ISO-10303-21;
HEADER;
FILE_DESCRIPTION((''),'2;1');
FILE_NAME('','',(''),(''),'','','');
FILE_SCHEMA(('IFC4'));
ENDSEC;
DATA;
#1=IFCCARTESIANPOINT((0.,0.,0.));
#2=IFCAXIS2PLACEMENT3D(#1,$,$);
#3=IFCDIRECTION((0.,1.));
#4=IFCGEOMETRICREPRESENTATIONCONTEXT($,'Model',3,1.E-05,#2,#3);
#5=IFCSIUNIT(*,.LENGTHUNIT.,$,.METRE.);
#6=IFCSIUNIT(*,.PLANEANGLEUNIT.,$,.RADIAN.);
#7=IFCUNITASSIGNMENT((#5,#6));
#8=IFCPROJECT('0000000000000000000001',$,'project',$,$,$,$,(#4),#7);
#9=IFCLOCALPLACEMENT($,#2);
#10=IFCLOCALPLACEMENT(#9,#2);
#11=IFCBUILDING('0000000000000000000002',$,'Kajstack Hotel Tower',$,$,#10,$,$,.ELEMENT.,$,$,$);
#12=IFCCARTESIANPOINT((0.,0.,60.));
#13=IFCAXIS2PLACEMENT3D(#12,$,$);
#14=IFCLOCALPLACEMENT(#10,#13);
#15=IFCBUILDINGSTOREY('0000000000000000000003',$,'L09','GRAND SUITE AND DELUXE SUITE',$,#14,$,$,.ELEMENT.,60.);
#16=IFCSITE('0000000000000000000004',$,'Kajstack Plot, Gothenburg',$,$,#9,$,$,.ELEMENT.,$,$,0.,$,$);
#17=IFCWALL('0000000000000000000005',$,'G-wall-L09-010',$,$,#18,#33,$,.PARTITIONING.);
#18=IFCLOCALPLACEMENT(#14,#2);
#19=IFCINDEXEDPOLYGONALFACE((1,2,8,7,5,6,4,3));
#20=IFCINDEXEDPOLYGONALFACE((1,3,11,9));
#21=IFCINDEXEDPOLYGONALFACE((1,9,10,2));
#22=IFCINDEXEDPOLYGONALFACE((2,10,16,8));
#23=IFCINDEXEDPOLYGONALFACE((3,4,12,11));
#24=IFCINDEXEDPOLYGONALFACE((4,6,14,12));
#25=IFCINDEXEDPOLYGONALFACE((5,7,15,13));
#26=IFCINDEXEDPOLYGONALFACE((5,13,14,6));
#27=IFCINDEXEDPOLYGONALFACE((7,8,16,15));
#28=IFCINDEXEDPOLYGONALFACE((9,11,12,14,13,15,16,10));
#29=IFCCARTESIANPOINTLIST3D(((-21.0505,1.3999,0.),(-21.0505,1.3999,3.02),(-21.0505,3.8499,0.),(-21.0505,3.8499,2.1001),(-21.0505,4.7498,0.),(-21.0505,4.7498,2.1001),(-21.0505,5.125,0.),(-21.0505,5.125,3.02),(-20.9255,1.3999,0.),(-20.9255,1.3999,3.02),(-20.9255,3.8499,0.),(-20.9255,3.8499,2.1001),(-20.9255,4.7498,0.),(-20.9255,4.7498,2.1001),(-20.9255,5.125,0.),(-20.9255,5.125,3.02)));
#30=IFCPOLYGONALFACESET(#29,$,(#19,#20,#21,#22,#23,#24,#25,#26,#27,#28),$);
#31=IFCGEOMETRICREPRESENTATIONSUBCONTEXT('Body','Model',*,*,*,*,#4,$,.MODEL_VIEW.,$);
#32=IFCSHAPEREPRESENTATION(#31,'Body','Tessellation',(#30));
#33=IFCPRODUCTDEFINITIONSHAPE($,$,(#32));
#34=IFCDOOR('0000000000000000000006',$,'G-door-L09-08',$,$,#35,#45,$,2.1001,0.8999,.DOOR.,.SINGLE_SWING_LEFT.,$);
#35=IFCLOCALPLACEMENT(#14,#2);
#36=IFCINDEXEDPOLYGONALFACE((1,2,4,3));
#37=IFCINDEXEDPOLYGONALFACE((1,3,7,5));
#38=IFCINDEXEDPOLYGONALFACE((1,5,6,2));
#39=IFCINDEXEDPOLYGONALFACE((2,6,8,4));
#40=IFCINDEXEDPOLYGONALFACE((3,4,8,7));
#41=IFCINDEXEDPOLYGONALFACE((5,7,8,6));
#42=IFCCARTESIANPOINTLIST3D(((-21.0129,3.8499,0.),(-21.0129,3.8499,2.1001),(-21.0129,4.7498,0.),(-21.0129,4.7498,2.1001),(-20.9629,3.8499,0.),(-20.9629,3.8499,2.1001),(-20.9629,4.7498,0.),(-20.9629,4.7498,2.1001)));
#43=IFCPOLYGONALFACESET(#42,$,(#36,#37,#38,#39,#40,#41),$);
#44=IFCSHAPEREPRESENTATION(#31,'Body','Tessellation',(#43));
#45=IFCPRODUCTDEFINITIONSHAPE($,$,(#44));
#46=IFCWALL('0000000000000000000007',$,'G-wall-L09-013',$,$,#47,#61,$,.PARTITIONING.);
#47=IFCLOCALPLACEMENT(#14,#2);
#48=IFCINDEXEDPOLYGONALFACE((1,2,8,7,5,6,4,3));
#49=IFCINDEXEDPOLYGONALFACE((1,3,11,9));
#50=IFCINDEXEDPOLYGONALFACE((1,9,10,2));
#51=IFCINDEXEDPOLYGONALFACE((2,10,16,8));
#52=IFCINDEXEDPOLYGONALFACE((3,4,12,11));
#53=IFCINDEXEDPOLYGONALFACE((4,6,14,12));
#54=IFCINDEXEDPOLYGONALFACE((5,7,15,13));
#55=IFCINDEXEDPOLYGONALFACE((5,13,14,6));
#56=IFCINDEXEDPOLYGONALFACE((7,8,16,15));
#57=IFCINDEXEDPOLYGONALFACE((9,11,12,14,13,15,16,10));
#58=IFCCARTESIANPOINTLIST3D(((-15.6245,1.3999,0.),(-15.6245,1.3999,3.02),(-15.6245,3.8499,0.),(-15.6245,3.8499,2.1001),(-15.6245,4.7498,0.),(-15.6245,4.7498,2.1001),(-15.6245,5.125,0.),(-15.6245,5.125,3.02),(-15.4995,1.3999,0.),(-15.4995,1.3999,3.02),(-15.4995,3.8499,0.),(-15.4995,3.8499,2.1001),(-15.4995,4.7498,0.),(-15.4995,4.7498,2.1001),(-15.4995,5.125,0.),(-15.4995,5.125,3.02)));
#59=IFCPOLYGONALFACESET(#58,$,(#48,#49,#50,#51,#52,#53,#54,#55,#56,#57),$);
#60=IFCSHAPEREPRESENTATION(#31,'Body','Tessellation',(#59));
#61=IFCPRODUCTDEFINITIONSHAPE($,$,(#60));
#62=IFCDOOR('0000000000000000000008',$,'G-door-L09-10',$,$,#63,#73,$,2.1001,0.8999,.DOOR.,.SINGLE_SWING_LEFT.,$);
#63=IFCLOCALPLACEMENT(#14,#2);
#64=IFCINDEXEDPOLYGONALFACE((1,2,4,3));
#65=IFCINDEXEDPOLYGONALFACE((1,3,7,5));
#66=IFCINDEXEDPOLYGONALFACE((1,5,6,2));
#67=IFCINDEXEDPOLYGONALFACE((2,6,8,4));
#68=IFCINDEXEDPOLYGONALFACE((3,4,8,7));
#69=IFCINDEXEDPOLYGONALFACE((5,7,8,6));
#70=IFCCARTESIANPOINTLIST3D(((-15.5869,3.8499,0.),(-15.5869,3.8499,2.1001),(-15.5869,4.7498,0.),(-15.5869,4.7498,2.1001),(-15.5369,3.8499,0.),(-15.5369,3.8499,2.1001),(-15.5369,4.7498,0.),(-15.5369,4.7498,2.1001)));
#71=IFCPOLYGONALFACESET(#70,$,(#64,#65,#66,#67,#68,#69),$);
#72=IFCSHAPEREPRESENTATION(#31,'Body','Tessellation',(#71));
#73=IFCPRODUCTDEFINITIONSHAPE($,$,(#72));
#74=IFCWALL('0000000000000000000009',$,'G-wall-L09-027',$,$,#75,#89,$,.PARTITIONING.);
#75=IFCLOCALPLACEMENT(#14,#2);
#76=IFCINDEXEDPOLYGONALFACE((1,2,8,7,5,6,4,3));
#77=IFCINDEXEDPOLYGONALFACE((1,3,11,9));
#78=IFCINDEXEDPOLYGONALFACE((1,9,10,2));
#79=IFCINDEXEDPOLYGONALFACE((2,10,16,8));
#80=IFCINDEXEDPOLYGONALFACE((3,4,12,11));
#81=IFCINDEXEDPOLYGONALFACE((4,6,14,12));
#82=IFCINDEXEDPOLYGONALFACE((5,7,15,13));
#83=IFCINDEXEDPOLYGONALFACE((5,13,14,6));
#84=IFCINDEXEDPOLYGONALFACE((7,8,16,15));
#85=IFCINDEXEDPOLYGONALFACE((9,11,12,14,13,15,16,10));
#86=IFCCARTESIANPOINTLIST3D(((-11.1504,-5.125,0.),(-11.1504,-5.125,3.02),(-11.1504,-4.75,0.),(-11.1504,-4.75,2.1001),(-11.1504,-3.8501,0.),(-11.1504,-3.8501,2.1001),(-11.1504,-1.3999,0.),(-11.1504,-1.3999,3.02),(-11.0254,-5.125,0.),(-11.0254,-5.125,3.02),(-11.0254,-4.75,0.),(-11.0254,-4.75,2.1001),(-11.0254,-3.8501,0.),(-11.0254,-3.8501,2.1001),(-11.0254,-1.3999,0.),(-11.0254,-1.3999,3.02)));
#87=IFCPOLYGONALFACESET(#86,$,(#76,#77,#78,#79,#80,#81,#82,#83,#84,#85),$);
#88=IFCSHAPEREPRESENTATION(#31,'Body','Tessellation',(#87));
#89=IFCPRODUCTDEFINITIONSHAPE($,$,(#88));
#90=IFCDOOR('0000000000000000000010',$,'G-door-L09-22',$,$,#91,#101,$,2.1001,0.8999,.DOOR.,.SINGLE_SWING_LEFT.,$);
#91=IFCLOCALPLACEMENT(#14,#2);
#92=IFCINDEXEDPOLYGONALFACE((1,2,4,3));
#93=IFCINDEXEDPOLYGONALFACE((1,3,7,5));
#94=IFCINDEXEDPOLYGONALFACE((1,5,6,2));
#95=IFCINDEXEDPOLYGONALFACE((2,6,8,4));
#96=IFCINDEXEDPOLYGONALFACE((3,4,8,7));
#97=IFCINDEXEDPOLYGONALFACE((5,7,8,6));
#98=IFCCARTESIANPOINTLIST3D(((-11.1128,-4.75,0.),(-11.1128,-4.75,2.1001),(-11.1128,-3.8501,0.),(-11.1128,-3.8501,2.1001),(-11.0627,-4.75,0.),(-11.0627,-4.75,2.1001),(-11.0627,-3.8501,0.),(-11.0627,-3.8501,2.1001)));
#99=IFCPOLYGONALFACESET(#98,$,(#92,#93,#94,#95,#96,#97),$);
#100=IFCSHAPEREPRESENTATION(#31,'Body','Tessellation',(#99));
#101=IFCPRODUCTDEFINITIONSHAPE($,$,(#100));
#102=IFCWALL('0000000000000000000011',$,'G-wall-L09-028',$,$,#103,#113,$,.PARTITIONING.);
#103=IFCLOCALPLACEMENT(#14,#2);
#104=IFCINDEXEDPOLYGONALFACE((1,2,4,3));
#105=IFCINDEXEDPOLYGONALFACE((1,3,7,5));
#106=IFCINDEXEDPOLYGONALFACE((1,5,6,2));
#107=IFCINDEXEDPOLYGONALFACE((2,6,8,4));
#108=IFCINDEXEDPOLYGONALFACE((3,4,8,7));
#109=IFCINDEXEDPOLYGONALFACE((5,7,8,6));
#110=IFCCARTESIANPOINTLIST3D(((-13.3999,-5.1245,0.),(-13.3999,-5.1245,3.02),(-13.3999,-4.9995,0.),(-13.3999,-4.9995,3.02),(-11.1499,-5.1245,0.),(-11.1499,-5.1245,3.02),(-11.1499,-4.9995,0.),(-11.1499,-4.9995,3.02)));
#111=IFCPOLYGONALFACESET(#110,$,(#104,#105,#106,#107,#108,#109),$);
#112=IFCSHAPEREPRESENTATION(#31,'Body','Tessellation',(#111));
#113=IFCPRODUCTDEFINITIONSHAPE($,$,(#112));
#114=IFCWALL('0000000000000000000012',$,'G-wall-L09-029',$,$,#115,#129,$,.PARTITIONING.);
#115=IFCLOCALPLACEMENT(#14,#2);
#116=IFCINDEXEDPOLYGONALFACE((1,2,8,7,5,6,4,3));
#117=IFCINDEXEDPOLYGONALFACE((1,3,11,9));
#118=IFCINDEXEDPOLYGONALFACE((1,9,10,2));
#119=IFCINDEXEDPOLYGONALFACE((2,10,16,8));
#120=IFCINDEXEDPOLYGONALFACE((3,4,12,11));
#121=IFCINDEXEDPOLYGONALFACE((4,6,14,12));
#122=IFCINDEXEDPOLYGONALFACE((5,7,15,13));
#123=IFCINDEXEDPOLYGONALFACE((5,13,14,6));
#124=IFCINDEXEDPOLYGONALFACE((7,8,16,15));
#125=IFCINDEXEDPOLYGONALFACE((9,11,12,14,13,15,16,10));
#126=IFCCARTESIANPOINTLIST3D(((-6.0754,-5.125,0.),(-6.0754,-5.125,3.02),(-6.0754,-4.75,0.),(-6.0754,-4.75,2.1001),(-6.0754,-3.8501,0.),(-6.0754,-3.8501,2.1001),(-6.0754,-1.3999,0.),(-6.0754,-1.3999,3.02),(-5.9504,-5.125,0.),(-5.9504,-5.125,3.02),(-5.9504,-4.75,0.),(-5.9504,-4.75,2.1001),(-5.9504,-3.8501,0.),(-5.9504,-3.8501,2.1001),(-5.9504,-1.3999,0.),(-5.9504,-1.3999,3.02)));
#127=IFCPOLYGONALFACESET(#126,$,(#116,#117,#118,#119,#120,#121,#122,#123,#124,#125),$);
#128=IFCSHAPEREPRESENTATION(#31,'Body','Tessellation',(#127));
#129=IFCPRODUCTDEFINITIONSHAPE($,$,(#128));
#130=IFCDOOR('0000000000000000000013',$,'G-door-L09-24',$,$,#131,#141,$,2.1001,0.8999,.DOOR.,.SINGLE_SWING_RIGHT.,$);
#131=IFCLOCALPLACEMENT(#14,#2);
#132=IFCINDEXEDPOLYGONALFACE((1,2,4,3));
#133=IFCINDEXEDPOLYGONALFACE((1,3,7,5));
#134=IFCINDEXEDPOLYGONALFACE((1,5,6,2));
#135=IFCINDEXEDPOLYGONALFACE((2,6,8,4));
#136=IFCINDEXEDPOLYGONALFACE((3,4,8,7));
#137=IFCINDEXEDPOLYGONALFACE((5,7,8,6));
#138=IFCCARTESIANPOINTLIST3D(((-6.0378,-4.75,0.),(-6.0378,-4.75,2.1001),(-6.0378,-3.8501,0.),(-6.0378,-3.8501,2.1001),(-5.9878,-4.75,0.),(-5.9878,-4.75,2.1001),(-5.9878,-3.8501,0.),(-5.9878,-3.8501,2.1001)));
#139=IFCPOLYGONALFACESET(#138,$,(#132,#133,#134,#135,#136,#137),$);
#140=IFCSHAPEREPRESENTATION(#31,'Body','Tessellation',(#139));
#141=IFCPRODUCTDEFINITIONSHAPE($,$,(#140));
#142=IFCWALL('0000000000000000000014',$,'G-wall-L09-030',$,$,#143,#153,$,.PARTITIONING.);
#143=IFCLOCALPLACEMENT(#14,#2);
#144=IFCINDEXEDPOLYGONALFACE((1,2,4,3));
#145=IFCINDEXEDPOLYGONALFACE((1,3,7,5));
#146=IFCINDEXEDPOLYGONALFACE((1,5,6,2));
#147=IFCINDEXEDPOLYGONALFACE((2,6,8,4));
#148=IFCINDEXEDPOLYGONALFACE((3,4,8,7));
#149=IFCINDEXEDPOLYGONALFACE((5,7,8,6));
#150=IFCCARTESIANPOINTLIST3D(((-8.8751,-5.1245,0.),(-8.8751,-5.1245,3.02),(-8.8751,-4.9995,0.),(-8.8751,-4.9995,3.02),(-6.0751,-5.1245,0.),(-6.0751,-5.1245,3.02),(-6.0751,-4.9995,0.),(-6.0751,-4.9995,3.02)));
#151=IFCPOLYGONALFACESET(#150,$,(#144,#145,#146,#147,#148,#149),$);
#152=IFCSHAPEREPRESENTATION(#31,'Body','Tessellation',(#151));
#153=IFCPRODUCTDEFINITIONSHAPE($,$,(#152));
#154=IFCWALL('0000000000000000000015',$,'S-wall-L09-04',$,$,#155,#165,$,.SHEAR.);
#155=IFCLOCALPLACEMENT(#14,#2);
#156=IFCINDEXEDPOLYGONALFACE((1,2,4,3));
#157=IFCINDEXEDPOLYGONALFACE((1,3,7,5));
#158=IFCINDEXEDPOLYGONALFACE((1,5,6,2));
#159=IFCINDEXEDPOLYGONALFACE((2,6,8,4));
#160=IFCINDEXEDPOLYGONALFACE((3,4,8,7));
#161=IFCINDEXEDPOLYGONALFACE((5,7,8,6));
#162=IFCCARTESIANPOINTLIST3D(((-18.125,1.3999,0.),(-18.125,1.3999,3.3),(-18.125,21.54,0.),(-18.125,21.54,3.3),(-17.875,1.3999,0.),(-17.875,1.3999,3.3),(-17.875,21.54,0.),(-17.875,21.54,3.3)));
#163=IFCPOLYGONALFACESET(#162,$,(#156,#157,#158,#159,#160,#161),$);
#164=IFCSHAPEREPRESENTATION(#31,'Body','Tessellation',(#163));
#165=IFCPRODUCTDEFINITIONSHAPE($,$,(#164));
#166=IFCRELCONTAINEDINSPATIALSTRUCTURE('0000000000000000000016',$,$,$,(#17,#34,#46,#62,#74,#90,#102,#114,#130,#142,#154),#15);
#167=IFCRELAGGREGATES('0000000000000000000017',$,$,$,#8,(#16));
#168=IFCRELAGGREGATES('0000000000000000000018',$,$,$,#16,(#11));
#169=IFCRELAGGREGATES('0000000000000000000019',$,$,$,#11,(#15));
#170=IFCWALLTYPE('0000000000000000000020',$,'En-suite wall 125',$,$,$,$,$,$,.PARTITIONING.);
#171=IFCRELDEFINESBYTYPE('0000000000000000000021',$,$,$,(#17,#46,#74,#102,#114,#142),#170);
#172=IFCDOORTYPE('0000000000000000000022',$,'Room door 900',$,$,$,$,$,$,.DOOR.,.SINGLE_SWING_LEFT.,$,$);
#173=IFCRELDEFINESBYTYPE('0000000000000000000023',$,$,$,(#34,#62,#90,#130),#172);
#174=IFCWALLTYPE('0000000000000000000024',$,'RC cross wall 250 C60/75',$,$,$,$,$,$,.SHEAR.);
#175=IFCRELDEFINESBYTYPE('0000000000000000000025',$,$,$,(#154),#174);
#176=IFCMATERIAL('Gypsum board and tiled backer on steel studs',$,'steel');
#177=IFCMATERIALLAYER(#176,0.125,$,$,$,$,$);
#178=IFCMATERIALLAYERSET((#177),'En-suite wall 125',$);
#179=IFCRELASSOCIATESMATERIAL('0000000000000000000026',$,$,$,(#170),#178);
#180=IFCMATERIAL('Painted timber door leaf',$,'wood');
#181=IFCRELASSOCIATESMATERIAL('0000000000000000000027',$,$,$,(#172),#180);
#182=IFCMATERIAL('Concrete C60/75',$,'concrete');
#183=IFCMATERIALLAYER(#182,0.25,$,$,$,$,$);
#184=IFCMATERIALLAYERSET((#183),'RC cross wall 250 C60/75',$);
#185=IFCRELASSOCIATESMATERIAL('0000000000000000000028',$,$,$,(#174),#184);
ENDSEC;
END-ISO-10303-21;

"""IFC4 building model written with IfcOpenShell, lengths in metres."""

from ifc_helpers import new_model, si_unit, direction, frame, frame_2d, origin, place, context, subcontext, project, spatial, rectangle, extrude, material, layer, layer_set, type_object, element, fill, save


model = new_model("IFC4")

# Units and contexts
model_context = context("Model", 3, precision=1e-05, world=origin(), true_north=direction((0.0, 1.0)))
body_context = subcontext(model_context, "Body", "Model", "MODEL_VIEW")
ifc_project = project(units=[si_unit("LENGTHUNIT", "METRE"), si_unit("PLANEANGLEUNIT", "RADIAN")], contexts=[model_context])

# Site, building, storey
site_placement = place(None, origin())
site = spatial("IfcSite", under=ifc_project, at=site_placement, Name="Kajstack Plot, Gothenburg", CompositionType="ELEMENT", RefElevation=0.0)
building_placement = place(site_placement, origin())
building = spatial("IfcBuilding", under=site, at=building_placement, Name="Kajstack Hotel Tower", CompositionType="ELEMENT")
storey_placement = place(building_placement, frame((0.0, 0.0, 60.0)))
storey = spatial("IfcBuildingStorey", under=building, at=storey_placement, Name="L09", Description="GRAND SUITE AND DELUXE SUITE", CompositionType="ELEMENT", Elevation=60.0)

# Walls, openings, doors
ifc_material_1 = material(Name="Gypsum board and tiled backer on steel studs", Category="steel")
ifc_layer_1 = layer(ifc_material_1, 0.125)
ifc_layer_set_1 = layer_set([ifc_layer_1], Name="En-suite wall 125")
wall_type_1 = type_object("IfcWallType", Name="En-suite wall 125", PredefinedType="PARTITIONING", material=ifc_layer_set_1)
wall_1_placement = place(storey_placement, frame((-20.988, 1.3999, 0.0), z_axis=(0.0, 0.0, 1.0), x_axis=(0.0, 1.0, 0.0)))
wall_1 = element("IfcWall", 1, at=wall_1_placement, inside=storey, type_object=wall_type_1, Name="G-wall-L09-010", PredefinedType="PARTITIONING", context=body_context, shape_type="SweptSolid", body=[
    extrude(rectangle(XDim=3.7251, YDim=0.125, at=frame_2d((1.8625, 0.0))), origin(), (0.0, 0.0, 1.0), 3.02),
])
opening_1_placement = place(wall_1_placement, frame((2.45, 0.0, 0.0)))
opening_1 = element("IfcOpeningElement", 2, at=opening_1_placement, cuts=wall_1, PredefinedType="OPENING", context=body_context, shape_type="SweptSolid", body=[
    extrude(rectangle(XDim=0.8999, YDim=2.1001, at=frame_2d((0.45, 1.05))), frame((0.0, 0.0725, 0.0), z_axis=(0.0, -1.0, 0.0), x_axis=(1.0, 0.0, 0.0)), (0.0, 0.0, 1.0), 0.145),
])
ifc_material_2 = material(Name="Painted timber door leaf", Category="wood")
door_type_1 = type_object("IfcDoorType", Name="Room door 900", OperationType="SINGLE_SWING_LEFT", PredefinedType="DOOR", material=ifc_material_2)
door_1_placement = place(opening_1_placement, origin())
door_1 = element("IfcDoor", 3, at=door_1_placement, inside=storey, type_object=door_type_1, Name="G-door-L09-08", OperationType="SINGLE_SWING_LEFT", OverallHeight=2.1001, OverallWidth=0.8999, PredefinedType="DOOR", context=body_context, shape_type="SweptSolid", body=[
    extrude(rectangle(XDim=0.8999, YDim=2.1001, at=frame_2d((0.45, 1.05))), frame((0.0, 0.0249, 0.0), z_axis=(0.0, -1.0, 0.0), x_axis=(1.0, 0.0, 0.0)), (0.0, 0.0, 1.0), 0.05),
])
fill(opening_1, door_1)
wall_2_placement = place(storey_placement, frame((-15.562, 1.3999, 0.0), z_axis=(0.0, 0.0, 1.0), x_axis=(0.0, 1.0, 0.0)))
wall_2 = element("IfcWall", 4, at=wall_2_placement, inside=storey, type_object=wall_type_1, Name="G-wall-L09-013", PredefinedType="PARTITIONING", context=body_context, shape_type="SweptSolid", body=[
    extrude(rectangle(XDim=3.7251, YDim=0.125, at=frame_2d((1.8625, 0.0))), origin(), (0.0, 0.0, 1.0), 3.02),
])
opening_2_placement = place(wall_2_placement, frame((2.45, 0.0, 0.0)))
opening_2 = element("IfcOpeningElement", 5, at=opening_2_placement, cuts=wall_2, PredefinedType="OPENING", context=body_context, shape_type="SweptSolid", body=[
    extrude(rectangle(XDim=0.8999, YDim=2.1001, at=frame_2d((0.45, 1.05))), frame((0.0, 0.0725, 0.0), z_axis=(0.0, -1.0, 0.0), x_axis=(1.0, 0.0, 0.0)), (0.0, 0.0, 1.0), 0.145),
])
door_2_placement = place(opening_2_placement, origin())
door_2 = element("IfcDoor", 6, at=door_2_placement, inside=storey, type_object=door_type_1, Name="G-door-L09-10", OperationType="SINGLE_SWING_LEFT", OverallHeight=2.1001, OverallWidth=0.8999, PredefinedType="DOOR", context=body_context, shape_type="SweptSolid", body=[
    extrude(rectangle(XDim=0.8999, YDim=2.1001, at=frame_2d((0.45, 1.05))), frame((0.0, 0.0249, 0.0), z_axis=(0.0, -1.0, 0.0), x_axis=(1.0, 0.0, 0.0)), (0.0, 0.0, 1.0), 0.05),
])
fill(opening_2, door_2)
wall_3_placement = place(storey_placement, frame((-11.0879, -5.125, 0.0), z_axis=(0.0, 0.0, 1.0), x_axis=(0.0, 1.0, 0.0)))
wall_3 = element("IfcWall", 7, at=wall_3_placement, inside=storey, type_object=wall_type_1, Name="G-wall-L09-027", PredefinedType="PARTITIONING", context=body_context, shape_type="SweptSolid", body=[
    extrude(rectangle(XDim=3.7251, YDim=0.125, at=frame_2d((1.8625, 0.0))), origin(), (0.0, 0.0, 1.0), 3.02),
])
opening_3_placement = place(wall_3_placement, frame((0.375, 0.0, 0.0)))
opening_3 = element("IfcOpeningElement", 8, at=opening_3_placement, cuts=wall_3, PredefinedType="OPENING", context=body_context, shape_type="SweptSolid", body=[
    extrude(rectangle(XDim=0.8999, YDim=2.1001, at=frame_2d((0.45, 1.05))), frame((0.0, 0.0725, 0.0), z_axis=(0.0, -1.0, 0.0), x_axis=(1.0, 0.0, 0.0)), (0.0, 0.0, 1.0), 0.145),
])
door_3_placement = place(opening_3_placement, origin())
door_3 = element("IfcDoor", 9, at=door_3_placement, inside=storey, type_object=door_type_1, Name="G-door-L09-22", OperationType="SINGLE_SWING_LEFT", OverallHeight=2.1001, OverallWidth=0.8999, PredefinedType="DOOR", context=body_context, shape_type="SweptSolid", body=[
    extrude(rectangle(XDim=0.8999, YDim=2.1001, at=frame_2d((0.45, 1.05))), frame((0.0, 0.0249, 0.0), z_axis=(0.0, -1.0, 0.0), x_axis=(1.0, 0.0, 0.0)), (0.0, 0.0, 1.0), 0.05),
])
fill(opening_3, door_3)

# Wall
wall_4_placement = place(storey_placement, frame((-13.3999, -5.062, 0.0), z_axis=(0.0, 0.0, 1.0), x_axis=(1.0, 0.0, 0.0)))
element("IfcWall", 10, at=wall_4_placement, inside=storey, type_object=wall_type_1, Name="G-wall-L09-028", PredefinedType="PARTITIONING", context=body_context, shape_type="SweptSolid", body=[
    extrude(rectangle(XDim=2.25, YDim=0.125, at=frame_2d((1.125, 0.0))), origin(), (0.0, 0.0, 1.0), 3.02),
])

# Wall, opening, door
wall_5_placement = place(storey_placement, frame((-6.0129, -5.125, 0.0), z_axis=(0.0, 0.0, 1.0), x_axis=(0.0, 1.0, 0.0)))
wall_5 = element("IfcWall", 11, at=wall_5_placement, inside=storey, type_object=wall_type_1, Name="G-wall-L09-029", PredefinedType="PARTITIONING", context=body_context, shape_type="SweptSolid", body=[
    extrude(rectangle(XDim=3.7251, YDim=0.125, at=frame_2d((1.8625, 0.0))), origin(), (0.0, 0.0, 1.0), 3.02),
])
opening_4_placement = place(wall_5_placement, frame((0.375, 0.0, 0.0)))
opening_4 = element("IfcOpeningElement", 12, at=opening_4_placement, cuts=wall_5, PredefinedType="OPENING", context=body_context, shape_type="SweptSolid", body=[
    extrude(rectangle(XDim=0.8999, YDim=2.1001, at=frame_2d((0.45, 1.05))), frame((0.0, 0.0725, 0.0), z_axis=(0.0, -1.0, 0.0), x_axis=(1.0, 0.0, 0.0)), (0.0, 0.0, 1.0), 0.145),
])
door_4_placement = place(opening_4_placement, origin())
door_4 = element("IfcDoor", 13, at=door_4_placement, inside=storey, type_object=door_type_1, Name="G-door-L09-24", OperationType="SINGLE_SWING_RIGHT", OverallHeight=2.1001, OverallWidth=0.8999, PredefinedType="DOOR", context=body_context, shape_type="SweptSolid", body=[
    extrude(rectangle(XDim=0.8999, YDim=2.1001, at=frame_2d((0.45, 1.05))), frame((0.0, 0.0249, 0.0), z_axis=(0.0, -1.0, 0.0), x_axis=(1.0, 0.0, 0.0)), (0.0, 0.0, 1.0), 0.05),
])
fill(opening_4, door_4)

# Walls
wall_6_placement = place(storey_placement, frame((-8.875, -5.062, 0.0), z_axis=(0.0, 0.0, 1.0), x_axis=(1.0, 0.0, 0.0)))
element("IfcWall", 14, at=wall_6_placement, inside=storey, type_object=wall_type_1, Name="G-wall-L09-030", PredefinedType="PARTITIONING", context=body_context, shape_type="SweptSolid", body=[
    extrude(rectangle(XDim=2.8, YDim=0.125, at=frame_2d((1.3999, 0.0))), origin(), (0.0, 0.0, 1.0), 3.02),
])
ifc_material_3 = material(Name="Concrete C60/75", Category="concrete")
ifc_layer_2 = layer(ifc_material_3, 0.25)
ifc_layer_set_2 = layer_set([ifc_layer_2], Name="RC cross wall 250 C60/75")
wall_type_2 = type_object("IfcWallType", Name="RC cross wall 250 C60/75", PredefinedType="SHEAR", material=ifc_layer_set_2)
wall_7_placement = place(storey_placement, frame((-18.0, 1.3999, 0.0), z_axis=(0.0, 0.0, 1.0), x_axis=(0.0, 1.0, 0.0)))
element("IfcWall", 15, at=wall_7_placement, inside=storey, type_object=wall_type_2, Name="S-wall-L09-04", PredefinedType="SHEAR", context=body_context, shape_type="SweptSolid", body=[
    extrude(rectangle(XDim=20.1401, YDim=0.25, at=frame_2d((10.0701, 0.0))), origin(), (0.0, 0.0, 1.0), 3.3),
])

save(model, "model.ifc")
